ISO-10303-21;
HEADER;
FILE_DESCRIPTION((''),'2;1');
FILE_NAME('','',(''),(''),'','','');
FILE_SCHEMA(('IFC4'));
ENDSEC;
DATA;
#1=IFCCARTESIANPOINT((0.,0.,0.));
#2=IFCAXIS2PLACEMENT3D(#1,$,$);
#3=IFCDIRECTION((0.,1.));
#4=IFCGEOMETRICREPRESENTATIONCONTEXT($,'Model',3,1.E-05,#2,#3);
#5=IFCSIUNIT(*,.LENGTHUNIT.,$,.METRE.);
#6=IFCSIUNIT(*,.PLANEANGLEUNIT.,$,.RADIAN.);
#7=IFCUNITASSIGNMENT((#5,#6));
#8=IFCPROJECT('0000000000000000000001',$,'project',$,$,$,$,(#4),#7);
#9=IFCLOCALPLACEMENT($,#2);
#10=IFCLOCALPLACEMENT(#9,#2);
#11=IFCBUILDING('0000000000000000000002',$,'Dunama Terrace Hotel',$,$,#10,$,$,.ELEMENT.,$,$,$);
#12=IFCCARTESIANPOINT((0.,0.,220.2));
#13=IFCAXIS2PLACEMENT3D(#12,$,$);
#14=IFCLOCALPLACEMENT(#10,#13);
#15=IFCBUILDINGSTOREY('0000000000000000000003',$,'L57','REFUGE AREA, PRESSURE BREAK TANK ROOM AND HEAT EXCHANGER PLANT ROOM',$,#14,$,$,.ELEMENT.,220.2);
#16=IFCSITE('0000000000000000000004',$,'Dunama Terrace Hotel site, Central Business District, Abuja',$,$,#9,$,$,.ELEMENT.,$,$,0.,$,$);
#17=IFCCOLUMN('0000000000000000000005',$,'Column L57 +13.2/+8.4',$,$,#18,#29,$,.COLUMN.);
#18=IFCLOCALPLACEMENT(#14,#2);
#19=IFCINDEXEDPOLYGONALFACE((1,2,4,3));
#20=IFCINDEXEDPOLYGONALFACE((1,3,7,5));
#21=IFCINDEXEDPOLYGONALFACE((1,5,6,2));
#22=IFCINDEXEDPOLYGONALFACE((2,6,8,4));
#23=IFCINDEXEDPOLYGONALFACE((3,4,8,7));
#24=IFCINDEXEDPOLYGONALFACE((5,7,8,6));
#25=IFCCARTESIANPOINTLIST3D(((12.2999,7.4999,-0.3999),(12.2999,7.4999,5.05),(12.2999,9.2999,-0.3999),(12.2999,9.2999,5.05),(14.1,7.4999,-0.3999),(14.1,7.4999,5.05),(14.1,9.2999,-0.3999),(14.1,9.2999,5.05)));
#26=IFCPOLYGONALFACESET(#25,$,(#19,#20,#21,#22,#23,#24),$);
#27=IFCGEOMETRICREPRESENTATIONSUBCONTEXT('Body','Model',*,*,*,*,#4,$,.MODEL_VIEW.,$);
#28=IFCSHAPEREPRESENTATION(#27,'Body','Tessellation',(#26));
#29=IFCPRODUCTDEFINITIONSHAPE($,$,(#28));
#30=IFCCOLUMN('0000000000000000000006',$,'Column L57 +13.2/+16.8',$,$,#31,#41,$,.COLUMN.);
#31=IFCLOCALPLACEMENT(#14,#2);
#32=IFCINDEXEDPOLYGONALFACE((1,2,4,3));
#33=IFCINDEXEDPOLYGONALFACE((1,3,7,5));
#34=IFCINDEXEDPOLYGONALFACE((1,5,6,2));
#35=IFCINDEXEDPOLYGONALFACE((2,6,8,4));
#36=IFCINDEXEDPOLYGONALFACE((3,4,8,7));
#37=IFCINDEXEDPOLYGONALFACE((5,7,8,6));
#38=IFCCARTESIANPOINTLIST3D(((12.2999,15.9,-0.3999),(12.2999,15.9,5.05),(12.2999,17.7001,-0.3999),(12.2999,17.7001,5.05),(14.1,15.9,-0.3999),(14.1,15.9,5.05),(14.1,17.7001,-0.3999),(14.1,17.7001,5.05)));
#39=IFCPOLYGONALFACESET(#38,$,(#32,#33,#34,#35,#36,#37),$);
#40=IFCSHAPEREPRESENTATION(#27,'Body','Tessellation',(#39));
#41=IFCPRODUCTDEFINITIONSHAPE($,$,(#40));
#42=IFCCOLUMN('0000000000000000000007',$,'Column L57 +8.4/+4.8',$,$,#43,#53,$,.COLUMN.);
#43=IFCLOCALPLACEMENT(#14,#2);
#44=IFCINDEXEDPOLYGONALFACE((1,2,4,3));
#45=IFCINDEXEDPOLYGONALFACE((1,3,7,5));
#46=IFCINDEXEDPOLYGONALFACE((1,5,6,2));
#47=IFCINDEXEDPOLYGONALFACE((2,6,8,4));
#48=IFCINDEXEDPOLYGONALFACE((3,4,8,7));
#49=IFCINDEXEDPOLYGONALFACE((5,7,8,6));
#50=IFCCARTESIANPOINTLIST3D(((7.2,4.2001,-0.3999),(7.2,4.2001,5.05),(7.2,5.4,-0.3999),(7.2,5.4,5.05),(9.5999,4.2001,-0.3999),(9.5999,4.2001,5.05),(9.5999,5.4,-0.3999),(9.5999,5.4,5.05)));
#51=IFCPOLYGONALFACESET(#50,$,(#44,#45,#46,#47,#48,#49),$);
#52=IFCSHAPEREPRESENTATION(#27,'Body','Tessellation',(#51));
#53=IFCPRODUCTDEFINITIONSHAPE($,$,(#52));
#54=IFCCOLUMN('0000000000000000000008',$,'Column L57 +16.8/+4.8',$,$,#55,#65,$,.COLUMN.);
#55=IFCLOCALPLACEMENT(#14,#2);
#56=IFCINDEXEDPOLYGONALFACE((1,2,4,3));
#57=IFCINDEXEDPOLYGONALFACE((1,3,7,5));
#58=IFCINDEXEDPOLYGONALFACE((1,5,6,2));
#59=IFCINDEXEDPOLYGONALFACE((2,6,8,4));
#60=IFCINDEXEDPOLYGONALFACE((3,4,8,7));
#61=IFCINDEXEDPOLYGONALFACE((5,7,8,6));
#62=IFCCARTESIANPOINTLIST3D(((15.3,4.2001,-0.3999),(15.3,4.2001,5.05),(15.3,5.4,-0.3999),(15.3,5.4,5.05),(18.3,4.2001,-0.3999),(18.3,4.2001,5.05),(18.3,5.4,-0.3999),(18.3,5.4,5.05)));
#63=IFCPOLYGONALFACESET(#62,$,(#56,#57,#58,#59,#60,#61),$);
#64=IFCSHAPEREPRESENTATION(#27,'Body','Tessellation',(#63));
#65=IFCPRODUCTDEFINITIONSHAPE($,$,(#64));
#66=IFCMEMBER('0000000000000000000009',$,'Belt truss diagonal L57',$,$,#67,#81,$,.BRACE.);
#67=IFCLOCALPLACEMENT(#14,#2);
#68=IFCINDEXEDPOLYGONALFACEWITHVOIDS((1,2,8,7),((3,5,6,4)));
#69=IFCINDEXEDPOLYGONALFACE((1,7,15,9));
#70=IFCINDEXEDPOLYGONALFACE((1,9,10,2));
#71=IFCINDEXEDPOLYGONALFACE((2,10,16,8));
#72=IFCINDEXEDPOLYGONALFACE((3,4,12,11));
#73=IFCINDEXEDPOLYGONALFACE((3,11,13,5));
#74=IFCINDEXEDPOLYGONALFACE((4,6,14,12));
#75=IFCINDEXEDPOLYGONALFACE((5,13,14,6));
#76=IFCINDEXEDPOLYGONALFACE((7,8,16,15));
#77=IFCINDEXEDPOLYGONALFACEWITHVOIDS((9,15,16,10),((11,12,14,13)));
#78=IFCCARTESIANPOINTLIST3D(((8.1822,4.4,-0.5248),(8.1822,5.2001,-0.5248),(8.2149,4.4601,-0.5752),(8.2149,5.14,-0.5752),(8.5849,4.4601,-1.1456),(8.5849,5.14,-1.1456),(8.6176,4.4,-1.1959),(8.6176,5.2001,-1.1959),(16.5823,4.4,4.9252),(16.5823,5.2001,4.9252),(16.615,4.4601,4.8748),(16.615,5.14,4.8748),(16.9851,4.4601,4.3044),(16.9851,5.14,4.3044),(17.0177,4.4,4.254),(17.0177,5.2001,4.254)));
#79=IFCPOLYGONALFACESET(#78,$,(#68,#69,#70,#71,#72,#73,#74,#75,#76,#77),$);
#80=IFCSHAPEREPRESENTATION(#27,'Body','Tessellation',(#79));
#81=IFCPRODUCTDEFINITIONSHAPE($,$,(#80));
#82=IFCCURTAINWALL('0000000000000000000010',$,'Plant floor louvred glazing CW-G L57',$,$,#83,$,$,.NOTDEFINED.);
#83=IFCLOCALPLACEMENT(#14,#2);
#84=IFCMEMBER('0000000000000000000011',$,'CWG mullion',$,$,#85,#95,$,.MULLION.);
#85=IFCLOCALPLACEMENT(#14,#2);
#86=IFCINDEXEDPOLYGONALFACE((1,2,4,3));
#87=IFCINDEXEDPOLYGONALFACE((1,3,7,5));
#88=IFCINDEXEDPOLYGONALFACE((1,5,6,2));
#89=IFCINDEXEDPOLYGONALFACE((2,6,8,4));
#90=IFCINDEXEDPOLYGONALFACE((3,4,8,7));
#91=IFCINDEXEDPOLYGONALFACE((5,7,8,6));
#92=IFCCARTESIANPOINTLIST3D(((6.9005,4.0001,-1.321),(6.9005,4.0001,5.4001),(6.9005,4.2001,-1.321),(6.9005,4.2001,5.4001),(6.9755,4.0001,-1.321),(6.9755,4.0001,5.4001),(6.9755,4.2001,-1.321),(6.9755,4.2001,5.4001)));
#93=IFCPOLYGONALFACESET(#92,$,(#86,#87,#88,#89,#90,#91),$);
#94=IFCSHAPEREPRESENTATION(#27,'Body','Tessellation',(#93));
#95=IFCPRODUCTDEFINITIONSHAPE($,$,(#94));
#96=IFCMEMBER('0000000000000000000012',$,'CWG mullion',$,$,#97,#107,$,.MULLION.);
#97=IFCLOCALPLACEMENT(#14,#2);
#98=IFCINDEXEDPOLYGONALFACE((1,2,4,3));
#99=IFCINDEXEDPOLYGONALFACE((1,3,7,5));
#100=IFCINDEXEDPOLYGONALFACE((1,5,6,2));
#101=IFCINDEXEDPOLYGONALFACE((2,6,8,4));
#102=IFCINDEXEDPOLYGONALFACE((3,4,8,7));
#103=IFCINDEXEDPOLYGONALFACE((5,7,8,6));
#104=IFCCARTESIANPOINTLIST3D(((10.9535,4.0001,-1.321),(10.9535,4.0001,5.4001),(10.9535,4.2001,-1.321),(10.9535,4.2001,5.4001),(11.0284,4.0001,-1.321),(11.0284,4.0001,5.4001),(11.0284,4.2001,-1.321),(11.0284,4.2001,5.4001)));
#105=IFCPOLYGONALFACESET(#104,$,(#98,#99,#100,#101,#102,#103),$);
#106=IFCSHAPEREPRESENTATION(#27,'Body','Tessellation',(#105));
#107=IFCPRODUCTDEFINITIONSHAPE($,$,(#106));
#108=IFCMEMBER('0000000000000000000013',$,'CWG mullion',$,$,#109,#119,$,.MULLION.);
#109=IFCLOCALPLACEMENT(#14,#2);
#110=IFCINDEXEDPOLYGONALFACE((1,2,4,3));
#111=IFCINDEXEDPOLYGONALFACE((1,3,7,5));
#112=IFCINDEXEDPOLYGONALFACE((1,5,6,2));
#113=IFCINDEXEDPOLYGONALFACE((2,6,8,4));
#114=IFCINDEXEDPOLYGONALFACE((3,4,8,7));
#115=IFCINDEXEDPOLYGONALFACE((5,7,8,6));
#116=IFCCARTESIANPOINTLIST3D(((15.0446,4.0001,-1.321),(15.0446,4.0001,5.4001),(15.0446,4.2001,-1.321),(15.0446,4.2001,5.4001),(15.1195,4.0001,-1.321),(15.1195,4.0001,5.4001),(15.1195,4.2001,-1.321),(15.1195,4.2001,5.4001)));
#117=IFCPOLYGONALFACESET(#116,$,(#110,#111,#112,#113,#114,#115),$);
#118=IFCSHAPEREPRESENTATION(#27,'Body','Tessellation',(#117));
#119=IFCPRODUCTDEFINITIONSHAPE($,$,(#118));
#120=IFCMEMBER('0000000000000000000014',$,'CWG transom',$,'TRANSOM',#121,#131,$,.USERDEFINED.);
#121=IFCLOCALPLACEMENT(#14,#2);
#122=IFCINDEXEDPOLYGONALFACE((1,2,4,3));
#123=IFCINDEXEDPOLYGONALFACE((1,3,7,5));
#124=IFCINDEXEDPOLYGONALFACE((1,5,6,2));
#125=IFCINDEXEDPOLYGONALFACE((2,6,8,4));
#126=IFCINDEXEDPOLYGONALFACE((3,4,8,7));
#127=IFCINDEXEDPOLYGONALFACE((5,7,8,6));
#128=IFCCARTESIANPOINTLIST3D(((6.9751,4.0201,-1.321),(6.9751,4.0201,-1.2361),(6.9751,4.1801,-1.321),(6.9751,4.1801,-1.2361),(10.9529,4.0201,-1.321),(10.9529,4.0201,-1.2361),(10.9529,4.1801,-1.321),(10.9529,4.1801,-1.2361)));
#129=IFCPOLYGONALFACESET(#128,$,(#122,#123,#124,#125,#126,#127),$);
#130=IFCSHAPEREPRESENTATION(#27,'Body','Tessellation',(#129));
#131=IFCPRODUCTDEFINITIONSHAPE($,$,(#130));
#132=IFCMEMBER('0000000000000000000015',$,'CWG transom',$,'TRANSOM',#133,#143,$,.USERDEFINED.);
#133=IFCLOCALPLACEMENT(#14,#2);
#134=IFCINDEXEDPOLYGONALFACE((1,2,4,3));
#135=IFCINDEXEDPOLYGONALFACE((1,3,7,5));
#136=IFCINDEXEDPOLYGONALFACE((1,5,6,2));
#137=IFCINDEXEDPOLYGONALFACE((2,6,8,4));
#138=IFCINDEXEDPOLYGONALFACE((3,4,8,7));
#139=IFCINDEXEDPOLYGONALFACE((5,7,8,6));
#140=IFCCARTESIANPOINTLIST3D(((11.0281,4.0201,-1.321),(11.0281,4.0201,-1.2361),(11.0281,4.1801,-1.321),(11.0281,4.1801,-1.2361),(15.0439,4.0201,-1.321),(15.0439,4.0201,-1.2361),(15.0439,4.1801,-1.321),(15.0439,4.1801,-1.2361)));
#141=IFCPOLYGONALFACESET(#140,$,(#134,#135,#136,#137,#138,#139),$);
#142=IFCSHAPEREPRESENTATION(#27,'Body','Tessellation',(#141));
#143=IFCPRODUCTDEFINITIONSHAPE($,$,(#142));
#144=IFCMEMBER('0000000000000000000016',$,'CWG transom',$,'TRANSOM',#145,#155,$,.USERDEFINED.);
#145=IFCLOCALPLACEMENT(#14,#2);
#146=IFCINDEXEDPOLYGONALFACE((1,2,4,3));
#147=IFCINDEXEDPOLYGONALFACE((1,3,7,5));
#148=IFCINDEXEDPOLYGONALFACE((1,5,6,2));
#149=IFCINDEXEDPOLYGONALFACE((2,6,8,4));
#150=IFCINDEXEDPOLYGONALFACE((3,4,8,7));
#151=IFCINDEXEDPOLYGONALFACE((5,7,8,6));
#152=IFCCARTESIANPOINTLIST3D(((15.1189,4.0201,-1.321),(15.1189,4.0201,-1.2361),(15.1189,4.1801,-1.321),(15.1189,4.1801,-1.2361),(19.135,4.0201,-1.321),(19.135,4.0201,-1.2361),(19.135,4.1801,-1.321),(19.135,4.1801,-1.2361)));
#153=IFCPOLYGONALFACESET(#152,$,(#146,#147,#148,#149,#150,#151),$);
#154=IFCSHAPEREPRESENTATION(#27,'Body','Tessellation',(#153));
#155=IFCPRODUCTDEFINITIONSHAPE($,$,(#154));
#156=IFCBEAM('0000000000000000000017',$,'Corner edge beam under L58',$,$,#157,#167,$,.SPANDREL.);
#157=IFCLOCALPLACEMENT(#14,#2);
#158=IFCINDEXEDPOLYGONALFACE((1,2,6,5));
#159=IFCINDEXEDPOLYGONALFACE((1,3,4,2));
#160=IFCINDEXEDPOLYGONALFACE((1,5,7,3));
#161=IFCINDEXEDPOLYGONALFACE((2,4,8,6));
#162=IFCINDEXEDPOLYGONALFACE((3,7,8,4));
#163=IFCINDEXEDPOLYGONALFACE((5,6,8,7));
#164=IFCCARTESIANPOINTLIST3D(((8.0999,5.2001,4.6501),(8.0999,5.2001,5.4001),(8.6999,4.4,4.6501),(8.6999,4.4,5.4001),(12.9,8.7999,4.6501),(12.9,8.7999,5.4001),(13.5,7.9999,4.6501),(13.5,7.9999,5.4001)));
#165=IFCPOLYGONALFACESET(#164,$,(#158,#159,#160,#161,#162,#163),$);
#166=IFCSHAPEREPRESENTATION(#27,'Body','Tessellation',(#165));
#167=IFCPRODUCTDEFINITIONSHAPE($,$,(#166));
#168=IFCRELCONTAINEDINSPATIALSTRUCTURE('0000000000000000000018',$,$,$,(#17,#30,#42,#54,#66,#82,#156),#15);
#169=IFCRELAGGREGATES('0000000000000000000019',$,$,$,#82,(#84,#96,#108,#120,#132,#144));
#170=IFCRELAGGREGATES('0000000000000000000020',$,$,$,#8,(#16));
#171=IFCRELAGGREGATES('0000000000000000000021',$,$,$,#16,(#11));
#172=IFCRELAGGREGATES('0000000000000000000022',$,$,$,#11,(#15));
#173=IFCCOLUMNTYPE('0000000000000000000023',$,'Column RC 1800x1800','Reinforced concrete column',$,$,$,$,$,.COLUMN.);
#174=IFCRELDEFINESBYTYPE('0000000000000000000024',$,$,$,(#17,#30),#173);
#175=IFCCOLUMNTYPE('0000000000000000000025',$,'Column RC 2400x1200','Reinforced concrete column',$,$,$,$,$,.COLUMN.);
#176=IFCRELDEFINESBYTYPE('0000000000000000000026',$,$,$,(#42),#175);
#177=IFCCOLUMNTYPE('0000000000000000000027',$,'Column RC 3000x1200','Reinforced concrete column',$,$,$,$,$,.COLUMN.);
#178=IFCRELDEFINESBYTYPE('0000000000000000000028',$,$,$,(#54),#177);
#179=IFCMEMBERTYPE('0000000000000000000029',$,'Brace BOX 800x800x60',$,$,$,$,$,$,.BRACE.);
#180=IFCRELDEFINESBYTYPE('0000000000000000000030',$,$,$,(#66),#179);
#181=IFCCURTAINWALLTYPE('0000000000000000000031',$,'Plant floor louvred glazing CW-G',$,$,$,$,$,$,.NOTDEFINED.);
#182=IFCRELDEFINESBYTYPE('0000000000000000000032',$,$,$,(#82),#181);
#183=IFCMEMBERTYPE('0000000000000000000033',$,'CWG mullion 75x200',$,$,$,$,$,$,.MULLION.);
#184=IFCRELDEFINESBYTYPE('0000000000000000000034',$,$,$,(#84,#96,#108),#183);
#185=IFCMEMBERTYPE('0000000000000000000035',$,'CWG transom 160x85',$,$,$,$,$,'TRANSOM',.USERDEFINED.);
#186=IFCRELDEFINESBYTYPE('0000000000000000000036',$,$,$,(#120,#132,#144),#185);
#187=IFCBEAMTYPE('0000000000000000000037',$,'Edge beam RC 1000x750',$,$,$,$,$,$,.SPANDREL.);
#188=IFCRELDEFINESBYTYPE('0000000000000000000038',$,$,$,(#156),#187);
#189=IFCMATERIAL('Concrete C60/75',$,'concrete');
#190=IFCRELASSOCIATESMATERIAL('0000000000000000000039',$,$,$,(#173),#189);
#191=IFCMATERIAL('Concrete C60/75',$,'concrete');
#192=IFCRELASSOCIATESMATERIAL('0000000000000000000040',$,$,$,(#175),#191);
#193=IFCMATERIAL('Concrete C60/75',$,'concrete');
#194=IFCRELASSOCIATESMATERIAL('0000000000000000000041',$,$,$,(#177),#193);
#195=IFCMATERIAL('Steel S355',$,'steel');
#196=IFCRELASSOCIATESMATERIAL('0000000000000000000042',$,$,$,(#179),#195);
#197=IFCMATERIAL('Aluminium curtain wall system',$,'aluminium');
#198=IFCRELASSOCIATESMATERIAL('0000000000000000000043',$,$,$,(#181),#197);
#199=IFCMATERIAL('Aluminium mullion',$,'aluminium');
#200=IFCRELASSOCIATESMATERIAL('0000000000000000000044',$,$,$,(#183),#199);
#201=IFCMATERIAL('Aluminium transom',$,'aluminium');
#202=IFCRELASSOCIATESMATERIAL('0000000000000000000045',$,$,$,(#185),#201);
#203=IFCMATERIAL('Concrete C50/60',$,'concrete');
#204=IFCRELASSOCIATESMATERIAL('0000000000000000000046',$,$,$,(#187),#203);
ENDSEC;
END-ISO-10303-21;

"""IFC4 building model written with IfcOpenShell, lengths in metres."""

from ifc_helpers import new_model, si_unit, direction, frame, origin, origin_2d, place, context, subcontext, project, spatial, rectangle, hollow_rectangle, extrude, material, material_profile, profile_set, type_object, element, aggregate, save


model = new_model("IFC4")

# Units and contexts
model_context = context("Model", 3, precision=1e-05, world=origin(), true_north=direction((0.0, 1.0)))
body_context = subcontext(model_context, "Body", "Model", "MODEL_VIEW")
ifc_project = project(units=[si_unit("LENGTHUNIT", "METRE"), si_unit("PLANEANGLEUNIT", "RADIAN")], contexts=[model_context])

# Site, building, storey
site_placement = place(None, origin())
site = spatial("IfcSite", under=ifc_project, at=site_placement, Name="Dunama Terrace Hotel site, Central Business District, Abuja", CompositionType="ELEMENT", RefElevation=0.0)
building_placement = place(site_placement, origin())
building = spatial("IfcBuilding", under=site, at=building_placement, Name="Dunama Terrace Hotel", CompositionType="ELEMENT")
storey_placement = place(building_placement, frame((0.0, 0.0, 220.2)))
storey = spatial("IfcBuildingStorey", under=building, at=storey_placement, Name="L57", Description="REFUGE AREA, PRESSURE BREAK TANK ROOM AND HEAT EXCHANGER PLANT ROOM", CompositionType="ELEMENT", Elevation=220.2)

# Columns
ifc_material_1 = material(Name="Concrete C60/75", Category="concrete")
ifc_material_profile_1 = material_profile(ifc_material_1, rectangle(XDim=1.8, YDim=1.8, at=origin_2d()), Name="RC 1800x1800")
ifc_profile_set_1 = profile_set([ifc_material_profile_1], Name="Concrete C60/75")
column_type_1 = type_object("IfcColumnType", Name="Column RC 1800x1800", Description="Reinforced concrete column", PredefinedType="COLUMN", material=ifc_profile_set_1)
for number, where, z_axis, x_axis, name in (
    (1, (13.2, 8.3999, -0.3999), (0.0, 0.0, 1.0), (1.0, 0.0, 0.0), "Column L57 +13.2/+8.4"),
    (2, (13.2, 16.8, -0.3999), (0.0, 0.0, 1.0), (1.0, 0.0, 0.0), "Column L57 +13.2/+16.8"),
):
    element("IfcColumn", number, at=place(storey_placement, frame(where, z_axis=z_axis, x_axis=x_axis)), inside=storey, type_object=column_type_1, Name=name, PredefinedType="COLUMN", context=body_context, shape_type="SweptSolid", body=[
        extrude(rectangle(XDim=1.8, YDim=1.8, at=origin_2d()), origin(), (0.0, 0.0, 1.0), 5.45),
    ])
ifc_material_2 = material(Name="Concrete C60/75", Category="concrete")
ifc_material_profile_2 = material_profile(ifc_material_2, rectangle(XDim=2.3999, YDim=1.2, at=origin_2d()), Name="RC 2400x1200")
ifc_profile_set_2 = profile_set([ifc_material_profile_2], Name="Concrete C60/75")
column_type_2 = type_object("IfcColumnType", Name="Column RC 2400x1200", Description="Reinforced concrete column", PredefinedType="COLUMN", material=ifc_profile_set_2)
column_1_placement = place(storey_placement, frame((8.3999, 4.8, -0.3999), z_axis=(0.0, 0.0, 1.0), x_axis=(1.0, 0.0, 0.0)))
element("IfcColumn", 3, at=column_1_placement, inside=storey, type_object=column_type_2, Name="Column L57 +8.4/+4.8", PredefinedType="COLUMN", context=body_context, shape_type="SweptSolid", body=[
    extrude(rectangle(XDim=2.3999, YDim=1.2, at=origin_2d()), origin(), (0.0, 0.0, 1.0), 5.45),
])
ifc_material_3 = material(Name="Concrete C60/75", Category="concrete")
ifc_material_profile_3 = material_profile(ifc_material_3, rectangle(XDim=3.0, YDim=1.2, at=origin_2d()), Name="RC 3000x1200")
ifc_profile_set_3 = profile_set([ifc_material_profile_3], Name="Concrete C60/75")
column_type_3 = type_object("IfcColumnType", Name="Column RC 3000x1200", Description="Reinforced concrete column", PredefinedType="COLUMN", material=ifc_profile_set_3)
column_2_placement = place(storey_placement, frame((16.8, 4.8, -0.3999), z_axis=(0.0, 0.0, 1.0), x_axis=(1.0, 0.0, 0.0)))
element("IfcColumn", 4, at=column_2_placement, inside=storey, type_object=column_type_3, Name="Column L57 +16.8/+4.8", PredefinedType="COLUMN", context=body_context, shape_type="SweptSolid", body=[
    extrude(rectangle(XDim=3.0, YDim=1.2, at=origin_2d()), origin(), (0.0, 0.0, 1.0), 5.45),
])

# Member
ifc_material_4 = material(Name="Steel S355", Category="steel")
ifc_material_profile_4 = material_profile(ifc_material_4, hollow_rectangle(XDim=0.8, YDim=0.8, WallThickness=0.0601, at=origin_2d()), Name="BOX 800x800x60")
ifc_profile_set_4 = profile_set([ifc_material_profile_4], Name="Steel S355")
member_type_1 = type_object("IfcMemberType", Name="Brace BOX 800x800x60", PredefinedType="BRACE", material=ifc_profile_set_4)
member_1_placement = place(storey_placement, frame((8.3999, 4.8, -0.8604), z_axis=(0.838906, 0.0, 0.544276), x_axis=(0.0, 1.0, 0.0)))
element("IfcMember", 5, at=member_1_placement, inside=storey, type_object=member_type_1, Name="Belt truss diagonal L57", PredefinedType="BRACE", context=body_context, shape_type="SweptSolid", body=[
    extrude(hollow_rectangle(XDim=0.8, YDim=0.8, WallThickness=0.0601, at=origin_2d()), origin(), (0.0, 0.0, 1.0), 10.0132),
])

# Curtain wall, members
ifc_material_5 = material(Name="Aluminium curtain wall system", Category="aluminium")
curtain_wall_type = type_object("IfcCurtainWallType", Name="Plant floor louvred glazing CW-G", PredefinedType="NOTDEFINED", material=ifc_material_5)
curtain_wall_placement = place(storey_placement, origin())
curtain_wall = element("IfcCurtainWall", 6, at=curtain_wall_placement, inside=storey, type_object=curtain_wall_type, Name="Plant floor louvred glazing CW-G L57", PredefinedType="NOTDEFINED")
ifc_material_6 = material(Name="Aluminium mullion", Category="aluminium")
ifc_material_profile_5 = material_profile(ifc_material_6, rectangle(XDim=0.075, YDim=0.2, at=origin_2d()), Name="CWG MULLION 75X200")
ifc_profile_set_5 = profile_set([ifc_material_profile_5], Name="Aluminium mullion")
member_type_2 = type_object("IfcMemberType", Name="CWG mullion 75x200", PredefinedType="MULLION", material=ifc_profile_set_5)
member_2_placement = place(storey_placement, frame((6.938, 4.1001, -1.321), z_axis=(0.0, 0.0, 1.0), x_axis=(1.0, 0.0, 0.0)))
member_2 = element("IfcMember", 7, at=member_2_placement, type_object=member_type_2, Name="CWG mullion", PredefinedType="MULLION", context=body_context, shape_type="SweptSolid", body=[
    extrude(rectangle(XDim=0.075, YDim=0.2, at=origin_2d()), origin(), (0.0, 0.0, 1.0), 6.7212),
])
member_3_placement = place(storey_placement, frame((10.991, 4.1001, -1.321), z_axis=(0.0, 0.0, 1.0), x_axis=(1.0, 0.0, 0.0)))
member_3 = element("IfcMember", 8, at=member_3_placement, type_object=member_type_2, Name="CWG mullion", PredefinedType="MULLION", context=body_context, shape_type="SweptSolid", body=[
    extrude(rectangle(XDim=0.075, YDim=0.2, at=origin_2d()), origin(), (0.0, 0.0, 1.0), 6.7212),
])
member_4_placement = place(storey_placement, frame((15.082, 4.1001, -1.321), z_axis=(0.0, 0.0, 1.0), x_axis=(1.0, 0.0, 0.0)))
member_4 = element("IfcMember", 9, at=member_4_placement, type_object=member_type_2, Name="CWG mullion", PredefinedType="MULLION", context=body_context, shape_type="SweptSolid", body=[
    extrude(rectangle(XDim=0.075, YDim=0.2, at=origin_2d()), origin(), (0.0, 0.0, 1.0), 6.7212),
])
ifc_material_7 = material(Name="Aluminium transom", Category="aluminium")
ifc_material_profile_6 = material_profile(ifc_material_7, rectangle(XDim=0.1599, YDim=0.085, at=origin_2d()), Name="CWG TRANSOM 160X85")
ifc_profile_set_6 = profile_set([ifc_material_profile_6], Name="Aluminium transom")
member_type_3 = type_object("IfcMemberType", Name="CWG transom 160x85", ElementType="TRANSOM", PredefinedType="USERDEFINED", material=ifc_profile_set_6)
member_5_placement = place(storey_placement, frame((6.9751, 4.1001, -1.2786), z_axis=(1.0, 0.0, 0.0), x_axis=(0.0, 1.0, 0.0)))
member_5 = element("IfcMember", 10, at=member_5_placement, type_object=member_type_3, Name="CWG transom", ObjectType="TRANSOM", PredefinedType="USERDEFINED", context=body_context, shape_type="SweptSolid", body=[
    extrude(rectangle(XDim=0.1599, YDim=0.085, at=origin_2d()), origin(), (0.0, 0.0, 1.0), 3.9778),
])
member_6_placement = place(storey_placement, frame((11.0281, 4.1001, -1.2786), z_axis=(1.0, 0.0, 0.0), x_axis=(0.0, 1.0, 0.0)))
member_6 = element("IfcMember", 11, at=member_6_placement, type_object=member_type_3, Name="CWG transom", ObjectType="TRANSOM", PredefinedType="USERDEFINED", context=body_context, shape_type="SweptSolid", body=[
    extrude(rectangle(XDim=0.1599, YDim=0.085, at=origin_2d()), origin(), (0.0, 0.0, 1.0), 4.0159),
])
member_7_placement = place(storey_placement, frame((15.1189, 4.1001, -1.2786), z_axis=(1.0, 0.0, 0.0), x_axis=(0.0, 1.0, 0.0)))
member_7 = element("IfcMember", 12, at=member_7_placement, type_object=member_type_3, Name="CWG transom", ObjectType="TRANSOM", PredefinedType="USERDEFINED", context=body_context, shape_type="SweptSolid", body=[
    extrude(rectangle(XDim=0.1599, YDim=0.085, at=origin_2d()), origin(), (0.0, 0.0, 1.0), 4.0161),
])

# Beam
ifc_material_8 = material(Name="Concrete C50/60", Category="concrete")
ifc_material_profile_7 = material_profile(ifc_material_8, rectangle(XDim=1.0, YDim=0.75, at=origin_2d()), Name="RC 1000x750")
ifc_profile_set_7 = profile_set([ifc_material_profile_7], Name="Concrete C50/60")
beam_type = type_object("IfcBeamType", Name="Edge beam RC 1000x750", PredefinedType="SPANDREL", material=ifc_profile_set_7)
beam_placement = place(storey_placement, frame((8.3999, 4.8, 5.0251), z_axis=(0.800015, 0.59998, 0.0), x_axis=(-0.59998, 0.800015, 0.0)))
element("IfcBeam", 13, at=beam_placement, inside=storey, type_object=beam_type, Name="Corner edge beam under L58", PredefinedType="SPANDREL", context=body_context, shape_type="SweptSolid", body=[
    extrude(rectangle(XDim=1.0, YDim=0.75, at=origin_2d()), origin(), (0.0, 0.0, 1.0), 6.0),
])

aggregate(curtain_wall, [member_2, member_3, member_4, member_5, member_6, member_7])

save(model, "model.ifc")
